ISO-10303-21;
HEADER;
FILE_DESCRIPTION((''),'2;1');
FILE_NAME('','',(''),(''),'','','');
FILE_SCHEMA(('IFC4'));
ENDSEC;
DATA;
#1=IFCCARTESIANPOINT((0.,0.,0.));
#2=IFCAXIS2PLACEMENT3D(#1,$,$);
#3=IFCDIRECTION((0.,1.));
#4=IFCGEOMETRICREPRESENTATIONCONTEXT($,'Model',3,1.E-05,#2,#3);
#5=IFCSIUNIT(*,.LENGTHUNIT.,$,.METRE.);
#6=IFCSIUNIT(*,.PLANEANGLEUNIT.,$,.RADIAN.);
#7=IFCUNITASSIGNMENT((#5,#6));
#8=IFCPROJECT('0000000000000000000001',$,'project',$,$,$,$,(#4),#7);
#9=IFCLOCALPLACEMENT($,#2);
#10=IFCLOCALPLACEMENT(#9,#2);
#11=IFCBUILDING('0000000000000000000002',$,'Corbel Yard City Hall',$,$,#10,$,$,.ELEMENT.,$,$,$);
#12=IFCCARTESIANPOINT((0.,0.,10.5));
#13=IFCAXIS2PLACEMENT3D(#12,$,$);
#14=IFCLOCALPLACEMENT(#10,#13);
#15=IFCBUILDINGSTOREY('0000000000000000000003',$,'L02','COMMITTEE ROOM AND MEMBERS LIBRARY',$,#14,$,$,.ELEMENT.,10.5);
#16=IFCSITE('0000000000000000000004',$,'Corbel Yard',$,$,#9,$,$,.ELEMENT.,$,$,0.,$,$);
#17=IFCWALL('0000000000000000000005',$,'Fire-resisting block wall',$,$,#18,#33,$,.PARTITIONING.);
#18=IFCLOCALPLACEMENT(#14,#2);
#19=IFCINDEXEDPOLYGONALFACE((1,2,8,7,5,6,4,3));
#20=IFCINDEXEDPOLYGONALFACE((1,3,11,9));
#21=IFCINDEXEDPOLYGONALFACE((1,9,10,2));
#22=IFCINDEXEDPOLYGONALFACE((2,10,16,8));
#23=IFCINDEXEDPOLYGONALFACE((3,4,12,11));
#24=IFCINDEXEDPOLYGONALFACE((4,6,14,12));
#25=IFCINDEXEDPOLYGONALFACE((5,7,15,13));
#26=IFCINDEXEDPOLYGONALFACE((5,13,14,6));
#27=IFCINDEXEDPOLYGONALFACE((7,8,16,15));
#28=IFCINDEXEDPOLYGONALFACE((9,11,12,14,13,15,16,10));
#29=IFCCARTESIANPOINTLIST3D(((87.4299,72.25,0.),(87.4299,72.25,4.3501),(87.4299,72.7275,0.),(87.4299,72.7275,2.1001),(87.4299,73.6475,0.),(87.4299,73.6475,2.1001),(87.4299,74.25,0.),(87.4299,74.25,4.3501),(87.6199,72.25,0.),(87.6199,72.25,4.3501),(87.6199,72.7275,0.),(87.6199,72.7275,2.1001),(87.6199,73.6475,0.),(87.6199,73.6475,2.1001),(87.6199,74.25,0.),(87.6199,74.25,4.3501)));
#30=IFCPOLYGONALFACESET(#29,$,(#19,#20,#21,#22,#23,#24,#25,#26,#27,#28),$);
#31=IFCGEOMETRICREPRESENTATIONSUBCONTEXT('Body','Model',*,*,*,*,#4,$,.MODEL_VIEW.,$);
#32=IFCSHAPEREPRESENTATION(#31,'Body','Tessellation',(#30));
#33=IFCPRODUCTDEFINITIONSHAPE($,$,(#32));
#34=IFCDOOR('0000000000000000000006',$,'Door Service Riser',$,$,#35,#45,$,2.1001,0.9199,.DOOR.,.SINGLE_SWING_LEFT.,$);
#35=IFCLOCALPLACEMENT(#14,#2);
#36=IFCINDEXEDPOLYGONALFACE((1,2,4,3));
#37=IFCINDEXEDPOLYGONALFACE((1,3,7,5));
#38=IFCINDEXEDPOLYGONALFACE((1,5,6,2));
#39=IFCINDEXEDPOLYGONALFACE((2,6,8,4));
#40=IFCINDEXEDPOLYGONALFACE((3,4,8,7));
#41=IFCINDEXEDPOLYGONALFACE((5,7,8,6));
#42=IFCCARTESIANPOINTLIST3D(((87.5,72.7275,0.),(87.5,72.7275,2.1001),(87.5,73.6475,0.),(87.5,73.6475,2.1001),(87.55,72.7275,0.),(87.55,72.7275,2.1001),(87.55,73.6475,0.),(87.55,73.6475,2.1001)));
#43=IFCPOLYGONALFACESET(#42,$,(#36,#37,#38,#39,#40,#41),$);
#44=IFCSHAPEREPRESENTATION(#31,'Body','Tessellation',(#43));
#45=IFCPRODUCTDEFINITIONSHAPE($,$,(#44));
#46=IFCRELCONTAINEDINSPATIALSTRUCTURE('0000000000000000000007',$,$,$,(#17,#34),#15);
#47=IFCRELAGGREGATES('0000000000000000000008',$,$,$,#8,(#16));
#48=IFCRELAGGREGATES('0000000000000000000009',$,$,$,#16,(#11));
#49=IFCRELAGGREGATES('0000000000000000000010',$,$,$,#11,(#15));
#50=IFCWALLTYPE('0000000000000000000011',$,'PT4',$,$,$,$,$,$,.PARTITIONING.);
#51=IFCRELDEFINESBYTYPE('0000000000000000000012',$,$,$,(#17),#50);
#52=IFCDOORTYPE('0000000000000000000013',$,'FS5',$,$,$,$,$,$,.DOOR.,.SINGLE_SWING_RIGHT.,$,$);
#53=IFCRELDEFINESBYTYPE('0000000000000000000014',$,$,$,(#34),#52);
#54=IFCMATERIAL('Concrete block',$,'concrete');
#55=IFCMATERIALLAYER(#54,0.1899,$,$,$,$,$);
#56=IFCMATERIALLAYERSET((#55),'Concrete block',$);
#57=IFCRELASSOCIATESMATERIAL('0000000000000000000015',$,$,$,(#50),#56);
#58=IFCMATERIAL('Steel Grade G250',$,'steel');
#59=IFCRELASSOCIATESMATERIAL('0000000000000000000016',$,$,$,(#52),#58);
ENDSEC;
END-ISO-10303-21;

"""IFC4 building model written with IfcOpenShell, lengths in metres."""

from ifc_helpers import new_model, si_unit, direction, frame, frame_2d, origin, place, context, subcontext, project, spatial, rectangle, extrude, material, layer, layer_set, type_object, element, fill, save


model = new_model("IFC4")

# Units and contexts
model_context = context("Model", 3, precision=1e-05, world=origin(), true_north=direction((0.0, 1.0)))
body_context = subcontext(model_context, "Body", "Model", "MODEL_VIEW")
ifc_project = project(units=[si_unit("LENGTHUNIT", "METRE"), si_unit("PLANEANGLEUNIT", "RADIAN")], contexts=[model_context])

# Site, building, storey
site_placement = place(None, origin())
site = spatial("IfcSite", under=ifc_project, at=site_placement, Name="Corbel Yard", CompositionType="ELEMENT", RefElevation=0.0)
building_placement = place(site_placement, origin())
building = spatial("IfcBuilding", under=site, at=building_placement, Name="Corbel Yard City Hall", CompositionType="ELEMENT")
storey_placement = place(building_placement, frame((0.0, 0.0, 10.5)))
storey = spatial("IfcBuildingStorey", under=building, at=storey_placement, Name="L02", Description="COMMITTEE ROOM AND MEMBERS LIBRARY", CompositionType="ELEMENT", Elevation=10.5)

# Shared definitions
ifc_material_1 = material(Name="Steel Grade G250", Category="steel")

# Wall, opening, door
ifc_material_2 = material(Name="Concrete block", Category="concrete")
ifc_layer_1 = layer(ifc_material_2, 0.1899)
ifc_layer_set_1 = layer_set([ifc_layer_1], Name="Concrete block")
wall_type_1 = type_object("IfcWallType", Name="PT4", PredefinedType="PARTITIONING", material=ifc_layer_set_1)
wall_1_placement = place(storey_placement, frame((87.5249, 72.25, 0.0), z_axis=(0.0, 0.0, 1.0), x_axis=(0.0, 1.0, 0.0)))
wall_1 = element("IfcWall", 1, at=wall_1_placement, inside=storey, type_object=wall_type_1, Name="Fire-resisting block wall", PredefinedType="PARTITIONING", context=body_context, shape_type="SweptSolid", body=[
    extrude(rectangle(XDim=2.0, YDim=0.1899, at=frame_2d((1.0, 0.0))), origin(), (0.0, 0.0, 1.0), 4.3501),
])
opening_1_placement = place(wall_1_placement, frame((0.4775, 0.0, 0.0)))
opening_1 = element("IfcOpeningElement", 2, at=opening_1_placement, cuts=wall_1, PredefinedType="OPENING", context=body_context, shape_type="SweptSolid", body=[
    extrude(rectangle(XDim=0.9199, YDim=2.1001, at=frame_2d((0.46, 1.05))), frame((0.0, 0.105, 0.0), z_axis=(0.0, -1.0, 0.0), x_axis=(1.0, 0.0, 0.0)), (0.0, 0.0, 1.0), 0.21),
])
door_type_1 = type_object("IfcDoorType", Name="FS5", OperationType="SINGLE_SWING_RIGHT", PredefinedType="DOOR", material=ifc_material_1)
door_1_placement = place(opening_1_placement, origin())
door_1 = element("IfcDoor", 3, at=door_1_placement, inside=storey, type_object=door_type_1, Name="Door Service Riser", OperationType="SINGLE_SWING_LEFT", OverallHeight=2.1001, OverallWidth=0.9199, PredefinedType="DOOR", context=body_context, shape_type="SweptSolid", body=[
    extrude(rectangle(XDim=0.9199, YDim=2.1001, at=frame_2d((0.46, 1.05))), frame((0.0, 0.0249, 0.0), z_axis=(0.0, -1.0, 0.0), x_axis=(1.0, 0.0, 0.0)), (0.0, 0.0, 1.0), 0.05),
])
fill(opening_1, door_1)

save(model, "model.ifc")
